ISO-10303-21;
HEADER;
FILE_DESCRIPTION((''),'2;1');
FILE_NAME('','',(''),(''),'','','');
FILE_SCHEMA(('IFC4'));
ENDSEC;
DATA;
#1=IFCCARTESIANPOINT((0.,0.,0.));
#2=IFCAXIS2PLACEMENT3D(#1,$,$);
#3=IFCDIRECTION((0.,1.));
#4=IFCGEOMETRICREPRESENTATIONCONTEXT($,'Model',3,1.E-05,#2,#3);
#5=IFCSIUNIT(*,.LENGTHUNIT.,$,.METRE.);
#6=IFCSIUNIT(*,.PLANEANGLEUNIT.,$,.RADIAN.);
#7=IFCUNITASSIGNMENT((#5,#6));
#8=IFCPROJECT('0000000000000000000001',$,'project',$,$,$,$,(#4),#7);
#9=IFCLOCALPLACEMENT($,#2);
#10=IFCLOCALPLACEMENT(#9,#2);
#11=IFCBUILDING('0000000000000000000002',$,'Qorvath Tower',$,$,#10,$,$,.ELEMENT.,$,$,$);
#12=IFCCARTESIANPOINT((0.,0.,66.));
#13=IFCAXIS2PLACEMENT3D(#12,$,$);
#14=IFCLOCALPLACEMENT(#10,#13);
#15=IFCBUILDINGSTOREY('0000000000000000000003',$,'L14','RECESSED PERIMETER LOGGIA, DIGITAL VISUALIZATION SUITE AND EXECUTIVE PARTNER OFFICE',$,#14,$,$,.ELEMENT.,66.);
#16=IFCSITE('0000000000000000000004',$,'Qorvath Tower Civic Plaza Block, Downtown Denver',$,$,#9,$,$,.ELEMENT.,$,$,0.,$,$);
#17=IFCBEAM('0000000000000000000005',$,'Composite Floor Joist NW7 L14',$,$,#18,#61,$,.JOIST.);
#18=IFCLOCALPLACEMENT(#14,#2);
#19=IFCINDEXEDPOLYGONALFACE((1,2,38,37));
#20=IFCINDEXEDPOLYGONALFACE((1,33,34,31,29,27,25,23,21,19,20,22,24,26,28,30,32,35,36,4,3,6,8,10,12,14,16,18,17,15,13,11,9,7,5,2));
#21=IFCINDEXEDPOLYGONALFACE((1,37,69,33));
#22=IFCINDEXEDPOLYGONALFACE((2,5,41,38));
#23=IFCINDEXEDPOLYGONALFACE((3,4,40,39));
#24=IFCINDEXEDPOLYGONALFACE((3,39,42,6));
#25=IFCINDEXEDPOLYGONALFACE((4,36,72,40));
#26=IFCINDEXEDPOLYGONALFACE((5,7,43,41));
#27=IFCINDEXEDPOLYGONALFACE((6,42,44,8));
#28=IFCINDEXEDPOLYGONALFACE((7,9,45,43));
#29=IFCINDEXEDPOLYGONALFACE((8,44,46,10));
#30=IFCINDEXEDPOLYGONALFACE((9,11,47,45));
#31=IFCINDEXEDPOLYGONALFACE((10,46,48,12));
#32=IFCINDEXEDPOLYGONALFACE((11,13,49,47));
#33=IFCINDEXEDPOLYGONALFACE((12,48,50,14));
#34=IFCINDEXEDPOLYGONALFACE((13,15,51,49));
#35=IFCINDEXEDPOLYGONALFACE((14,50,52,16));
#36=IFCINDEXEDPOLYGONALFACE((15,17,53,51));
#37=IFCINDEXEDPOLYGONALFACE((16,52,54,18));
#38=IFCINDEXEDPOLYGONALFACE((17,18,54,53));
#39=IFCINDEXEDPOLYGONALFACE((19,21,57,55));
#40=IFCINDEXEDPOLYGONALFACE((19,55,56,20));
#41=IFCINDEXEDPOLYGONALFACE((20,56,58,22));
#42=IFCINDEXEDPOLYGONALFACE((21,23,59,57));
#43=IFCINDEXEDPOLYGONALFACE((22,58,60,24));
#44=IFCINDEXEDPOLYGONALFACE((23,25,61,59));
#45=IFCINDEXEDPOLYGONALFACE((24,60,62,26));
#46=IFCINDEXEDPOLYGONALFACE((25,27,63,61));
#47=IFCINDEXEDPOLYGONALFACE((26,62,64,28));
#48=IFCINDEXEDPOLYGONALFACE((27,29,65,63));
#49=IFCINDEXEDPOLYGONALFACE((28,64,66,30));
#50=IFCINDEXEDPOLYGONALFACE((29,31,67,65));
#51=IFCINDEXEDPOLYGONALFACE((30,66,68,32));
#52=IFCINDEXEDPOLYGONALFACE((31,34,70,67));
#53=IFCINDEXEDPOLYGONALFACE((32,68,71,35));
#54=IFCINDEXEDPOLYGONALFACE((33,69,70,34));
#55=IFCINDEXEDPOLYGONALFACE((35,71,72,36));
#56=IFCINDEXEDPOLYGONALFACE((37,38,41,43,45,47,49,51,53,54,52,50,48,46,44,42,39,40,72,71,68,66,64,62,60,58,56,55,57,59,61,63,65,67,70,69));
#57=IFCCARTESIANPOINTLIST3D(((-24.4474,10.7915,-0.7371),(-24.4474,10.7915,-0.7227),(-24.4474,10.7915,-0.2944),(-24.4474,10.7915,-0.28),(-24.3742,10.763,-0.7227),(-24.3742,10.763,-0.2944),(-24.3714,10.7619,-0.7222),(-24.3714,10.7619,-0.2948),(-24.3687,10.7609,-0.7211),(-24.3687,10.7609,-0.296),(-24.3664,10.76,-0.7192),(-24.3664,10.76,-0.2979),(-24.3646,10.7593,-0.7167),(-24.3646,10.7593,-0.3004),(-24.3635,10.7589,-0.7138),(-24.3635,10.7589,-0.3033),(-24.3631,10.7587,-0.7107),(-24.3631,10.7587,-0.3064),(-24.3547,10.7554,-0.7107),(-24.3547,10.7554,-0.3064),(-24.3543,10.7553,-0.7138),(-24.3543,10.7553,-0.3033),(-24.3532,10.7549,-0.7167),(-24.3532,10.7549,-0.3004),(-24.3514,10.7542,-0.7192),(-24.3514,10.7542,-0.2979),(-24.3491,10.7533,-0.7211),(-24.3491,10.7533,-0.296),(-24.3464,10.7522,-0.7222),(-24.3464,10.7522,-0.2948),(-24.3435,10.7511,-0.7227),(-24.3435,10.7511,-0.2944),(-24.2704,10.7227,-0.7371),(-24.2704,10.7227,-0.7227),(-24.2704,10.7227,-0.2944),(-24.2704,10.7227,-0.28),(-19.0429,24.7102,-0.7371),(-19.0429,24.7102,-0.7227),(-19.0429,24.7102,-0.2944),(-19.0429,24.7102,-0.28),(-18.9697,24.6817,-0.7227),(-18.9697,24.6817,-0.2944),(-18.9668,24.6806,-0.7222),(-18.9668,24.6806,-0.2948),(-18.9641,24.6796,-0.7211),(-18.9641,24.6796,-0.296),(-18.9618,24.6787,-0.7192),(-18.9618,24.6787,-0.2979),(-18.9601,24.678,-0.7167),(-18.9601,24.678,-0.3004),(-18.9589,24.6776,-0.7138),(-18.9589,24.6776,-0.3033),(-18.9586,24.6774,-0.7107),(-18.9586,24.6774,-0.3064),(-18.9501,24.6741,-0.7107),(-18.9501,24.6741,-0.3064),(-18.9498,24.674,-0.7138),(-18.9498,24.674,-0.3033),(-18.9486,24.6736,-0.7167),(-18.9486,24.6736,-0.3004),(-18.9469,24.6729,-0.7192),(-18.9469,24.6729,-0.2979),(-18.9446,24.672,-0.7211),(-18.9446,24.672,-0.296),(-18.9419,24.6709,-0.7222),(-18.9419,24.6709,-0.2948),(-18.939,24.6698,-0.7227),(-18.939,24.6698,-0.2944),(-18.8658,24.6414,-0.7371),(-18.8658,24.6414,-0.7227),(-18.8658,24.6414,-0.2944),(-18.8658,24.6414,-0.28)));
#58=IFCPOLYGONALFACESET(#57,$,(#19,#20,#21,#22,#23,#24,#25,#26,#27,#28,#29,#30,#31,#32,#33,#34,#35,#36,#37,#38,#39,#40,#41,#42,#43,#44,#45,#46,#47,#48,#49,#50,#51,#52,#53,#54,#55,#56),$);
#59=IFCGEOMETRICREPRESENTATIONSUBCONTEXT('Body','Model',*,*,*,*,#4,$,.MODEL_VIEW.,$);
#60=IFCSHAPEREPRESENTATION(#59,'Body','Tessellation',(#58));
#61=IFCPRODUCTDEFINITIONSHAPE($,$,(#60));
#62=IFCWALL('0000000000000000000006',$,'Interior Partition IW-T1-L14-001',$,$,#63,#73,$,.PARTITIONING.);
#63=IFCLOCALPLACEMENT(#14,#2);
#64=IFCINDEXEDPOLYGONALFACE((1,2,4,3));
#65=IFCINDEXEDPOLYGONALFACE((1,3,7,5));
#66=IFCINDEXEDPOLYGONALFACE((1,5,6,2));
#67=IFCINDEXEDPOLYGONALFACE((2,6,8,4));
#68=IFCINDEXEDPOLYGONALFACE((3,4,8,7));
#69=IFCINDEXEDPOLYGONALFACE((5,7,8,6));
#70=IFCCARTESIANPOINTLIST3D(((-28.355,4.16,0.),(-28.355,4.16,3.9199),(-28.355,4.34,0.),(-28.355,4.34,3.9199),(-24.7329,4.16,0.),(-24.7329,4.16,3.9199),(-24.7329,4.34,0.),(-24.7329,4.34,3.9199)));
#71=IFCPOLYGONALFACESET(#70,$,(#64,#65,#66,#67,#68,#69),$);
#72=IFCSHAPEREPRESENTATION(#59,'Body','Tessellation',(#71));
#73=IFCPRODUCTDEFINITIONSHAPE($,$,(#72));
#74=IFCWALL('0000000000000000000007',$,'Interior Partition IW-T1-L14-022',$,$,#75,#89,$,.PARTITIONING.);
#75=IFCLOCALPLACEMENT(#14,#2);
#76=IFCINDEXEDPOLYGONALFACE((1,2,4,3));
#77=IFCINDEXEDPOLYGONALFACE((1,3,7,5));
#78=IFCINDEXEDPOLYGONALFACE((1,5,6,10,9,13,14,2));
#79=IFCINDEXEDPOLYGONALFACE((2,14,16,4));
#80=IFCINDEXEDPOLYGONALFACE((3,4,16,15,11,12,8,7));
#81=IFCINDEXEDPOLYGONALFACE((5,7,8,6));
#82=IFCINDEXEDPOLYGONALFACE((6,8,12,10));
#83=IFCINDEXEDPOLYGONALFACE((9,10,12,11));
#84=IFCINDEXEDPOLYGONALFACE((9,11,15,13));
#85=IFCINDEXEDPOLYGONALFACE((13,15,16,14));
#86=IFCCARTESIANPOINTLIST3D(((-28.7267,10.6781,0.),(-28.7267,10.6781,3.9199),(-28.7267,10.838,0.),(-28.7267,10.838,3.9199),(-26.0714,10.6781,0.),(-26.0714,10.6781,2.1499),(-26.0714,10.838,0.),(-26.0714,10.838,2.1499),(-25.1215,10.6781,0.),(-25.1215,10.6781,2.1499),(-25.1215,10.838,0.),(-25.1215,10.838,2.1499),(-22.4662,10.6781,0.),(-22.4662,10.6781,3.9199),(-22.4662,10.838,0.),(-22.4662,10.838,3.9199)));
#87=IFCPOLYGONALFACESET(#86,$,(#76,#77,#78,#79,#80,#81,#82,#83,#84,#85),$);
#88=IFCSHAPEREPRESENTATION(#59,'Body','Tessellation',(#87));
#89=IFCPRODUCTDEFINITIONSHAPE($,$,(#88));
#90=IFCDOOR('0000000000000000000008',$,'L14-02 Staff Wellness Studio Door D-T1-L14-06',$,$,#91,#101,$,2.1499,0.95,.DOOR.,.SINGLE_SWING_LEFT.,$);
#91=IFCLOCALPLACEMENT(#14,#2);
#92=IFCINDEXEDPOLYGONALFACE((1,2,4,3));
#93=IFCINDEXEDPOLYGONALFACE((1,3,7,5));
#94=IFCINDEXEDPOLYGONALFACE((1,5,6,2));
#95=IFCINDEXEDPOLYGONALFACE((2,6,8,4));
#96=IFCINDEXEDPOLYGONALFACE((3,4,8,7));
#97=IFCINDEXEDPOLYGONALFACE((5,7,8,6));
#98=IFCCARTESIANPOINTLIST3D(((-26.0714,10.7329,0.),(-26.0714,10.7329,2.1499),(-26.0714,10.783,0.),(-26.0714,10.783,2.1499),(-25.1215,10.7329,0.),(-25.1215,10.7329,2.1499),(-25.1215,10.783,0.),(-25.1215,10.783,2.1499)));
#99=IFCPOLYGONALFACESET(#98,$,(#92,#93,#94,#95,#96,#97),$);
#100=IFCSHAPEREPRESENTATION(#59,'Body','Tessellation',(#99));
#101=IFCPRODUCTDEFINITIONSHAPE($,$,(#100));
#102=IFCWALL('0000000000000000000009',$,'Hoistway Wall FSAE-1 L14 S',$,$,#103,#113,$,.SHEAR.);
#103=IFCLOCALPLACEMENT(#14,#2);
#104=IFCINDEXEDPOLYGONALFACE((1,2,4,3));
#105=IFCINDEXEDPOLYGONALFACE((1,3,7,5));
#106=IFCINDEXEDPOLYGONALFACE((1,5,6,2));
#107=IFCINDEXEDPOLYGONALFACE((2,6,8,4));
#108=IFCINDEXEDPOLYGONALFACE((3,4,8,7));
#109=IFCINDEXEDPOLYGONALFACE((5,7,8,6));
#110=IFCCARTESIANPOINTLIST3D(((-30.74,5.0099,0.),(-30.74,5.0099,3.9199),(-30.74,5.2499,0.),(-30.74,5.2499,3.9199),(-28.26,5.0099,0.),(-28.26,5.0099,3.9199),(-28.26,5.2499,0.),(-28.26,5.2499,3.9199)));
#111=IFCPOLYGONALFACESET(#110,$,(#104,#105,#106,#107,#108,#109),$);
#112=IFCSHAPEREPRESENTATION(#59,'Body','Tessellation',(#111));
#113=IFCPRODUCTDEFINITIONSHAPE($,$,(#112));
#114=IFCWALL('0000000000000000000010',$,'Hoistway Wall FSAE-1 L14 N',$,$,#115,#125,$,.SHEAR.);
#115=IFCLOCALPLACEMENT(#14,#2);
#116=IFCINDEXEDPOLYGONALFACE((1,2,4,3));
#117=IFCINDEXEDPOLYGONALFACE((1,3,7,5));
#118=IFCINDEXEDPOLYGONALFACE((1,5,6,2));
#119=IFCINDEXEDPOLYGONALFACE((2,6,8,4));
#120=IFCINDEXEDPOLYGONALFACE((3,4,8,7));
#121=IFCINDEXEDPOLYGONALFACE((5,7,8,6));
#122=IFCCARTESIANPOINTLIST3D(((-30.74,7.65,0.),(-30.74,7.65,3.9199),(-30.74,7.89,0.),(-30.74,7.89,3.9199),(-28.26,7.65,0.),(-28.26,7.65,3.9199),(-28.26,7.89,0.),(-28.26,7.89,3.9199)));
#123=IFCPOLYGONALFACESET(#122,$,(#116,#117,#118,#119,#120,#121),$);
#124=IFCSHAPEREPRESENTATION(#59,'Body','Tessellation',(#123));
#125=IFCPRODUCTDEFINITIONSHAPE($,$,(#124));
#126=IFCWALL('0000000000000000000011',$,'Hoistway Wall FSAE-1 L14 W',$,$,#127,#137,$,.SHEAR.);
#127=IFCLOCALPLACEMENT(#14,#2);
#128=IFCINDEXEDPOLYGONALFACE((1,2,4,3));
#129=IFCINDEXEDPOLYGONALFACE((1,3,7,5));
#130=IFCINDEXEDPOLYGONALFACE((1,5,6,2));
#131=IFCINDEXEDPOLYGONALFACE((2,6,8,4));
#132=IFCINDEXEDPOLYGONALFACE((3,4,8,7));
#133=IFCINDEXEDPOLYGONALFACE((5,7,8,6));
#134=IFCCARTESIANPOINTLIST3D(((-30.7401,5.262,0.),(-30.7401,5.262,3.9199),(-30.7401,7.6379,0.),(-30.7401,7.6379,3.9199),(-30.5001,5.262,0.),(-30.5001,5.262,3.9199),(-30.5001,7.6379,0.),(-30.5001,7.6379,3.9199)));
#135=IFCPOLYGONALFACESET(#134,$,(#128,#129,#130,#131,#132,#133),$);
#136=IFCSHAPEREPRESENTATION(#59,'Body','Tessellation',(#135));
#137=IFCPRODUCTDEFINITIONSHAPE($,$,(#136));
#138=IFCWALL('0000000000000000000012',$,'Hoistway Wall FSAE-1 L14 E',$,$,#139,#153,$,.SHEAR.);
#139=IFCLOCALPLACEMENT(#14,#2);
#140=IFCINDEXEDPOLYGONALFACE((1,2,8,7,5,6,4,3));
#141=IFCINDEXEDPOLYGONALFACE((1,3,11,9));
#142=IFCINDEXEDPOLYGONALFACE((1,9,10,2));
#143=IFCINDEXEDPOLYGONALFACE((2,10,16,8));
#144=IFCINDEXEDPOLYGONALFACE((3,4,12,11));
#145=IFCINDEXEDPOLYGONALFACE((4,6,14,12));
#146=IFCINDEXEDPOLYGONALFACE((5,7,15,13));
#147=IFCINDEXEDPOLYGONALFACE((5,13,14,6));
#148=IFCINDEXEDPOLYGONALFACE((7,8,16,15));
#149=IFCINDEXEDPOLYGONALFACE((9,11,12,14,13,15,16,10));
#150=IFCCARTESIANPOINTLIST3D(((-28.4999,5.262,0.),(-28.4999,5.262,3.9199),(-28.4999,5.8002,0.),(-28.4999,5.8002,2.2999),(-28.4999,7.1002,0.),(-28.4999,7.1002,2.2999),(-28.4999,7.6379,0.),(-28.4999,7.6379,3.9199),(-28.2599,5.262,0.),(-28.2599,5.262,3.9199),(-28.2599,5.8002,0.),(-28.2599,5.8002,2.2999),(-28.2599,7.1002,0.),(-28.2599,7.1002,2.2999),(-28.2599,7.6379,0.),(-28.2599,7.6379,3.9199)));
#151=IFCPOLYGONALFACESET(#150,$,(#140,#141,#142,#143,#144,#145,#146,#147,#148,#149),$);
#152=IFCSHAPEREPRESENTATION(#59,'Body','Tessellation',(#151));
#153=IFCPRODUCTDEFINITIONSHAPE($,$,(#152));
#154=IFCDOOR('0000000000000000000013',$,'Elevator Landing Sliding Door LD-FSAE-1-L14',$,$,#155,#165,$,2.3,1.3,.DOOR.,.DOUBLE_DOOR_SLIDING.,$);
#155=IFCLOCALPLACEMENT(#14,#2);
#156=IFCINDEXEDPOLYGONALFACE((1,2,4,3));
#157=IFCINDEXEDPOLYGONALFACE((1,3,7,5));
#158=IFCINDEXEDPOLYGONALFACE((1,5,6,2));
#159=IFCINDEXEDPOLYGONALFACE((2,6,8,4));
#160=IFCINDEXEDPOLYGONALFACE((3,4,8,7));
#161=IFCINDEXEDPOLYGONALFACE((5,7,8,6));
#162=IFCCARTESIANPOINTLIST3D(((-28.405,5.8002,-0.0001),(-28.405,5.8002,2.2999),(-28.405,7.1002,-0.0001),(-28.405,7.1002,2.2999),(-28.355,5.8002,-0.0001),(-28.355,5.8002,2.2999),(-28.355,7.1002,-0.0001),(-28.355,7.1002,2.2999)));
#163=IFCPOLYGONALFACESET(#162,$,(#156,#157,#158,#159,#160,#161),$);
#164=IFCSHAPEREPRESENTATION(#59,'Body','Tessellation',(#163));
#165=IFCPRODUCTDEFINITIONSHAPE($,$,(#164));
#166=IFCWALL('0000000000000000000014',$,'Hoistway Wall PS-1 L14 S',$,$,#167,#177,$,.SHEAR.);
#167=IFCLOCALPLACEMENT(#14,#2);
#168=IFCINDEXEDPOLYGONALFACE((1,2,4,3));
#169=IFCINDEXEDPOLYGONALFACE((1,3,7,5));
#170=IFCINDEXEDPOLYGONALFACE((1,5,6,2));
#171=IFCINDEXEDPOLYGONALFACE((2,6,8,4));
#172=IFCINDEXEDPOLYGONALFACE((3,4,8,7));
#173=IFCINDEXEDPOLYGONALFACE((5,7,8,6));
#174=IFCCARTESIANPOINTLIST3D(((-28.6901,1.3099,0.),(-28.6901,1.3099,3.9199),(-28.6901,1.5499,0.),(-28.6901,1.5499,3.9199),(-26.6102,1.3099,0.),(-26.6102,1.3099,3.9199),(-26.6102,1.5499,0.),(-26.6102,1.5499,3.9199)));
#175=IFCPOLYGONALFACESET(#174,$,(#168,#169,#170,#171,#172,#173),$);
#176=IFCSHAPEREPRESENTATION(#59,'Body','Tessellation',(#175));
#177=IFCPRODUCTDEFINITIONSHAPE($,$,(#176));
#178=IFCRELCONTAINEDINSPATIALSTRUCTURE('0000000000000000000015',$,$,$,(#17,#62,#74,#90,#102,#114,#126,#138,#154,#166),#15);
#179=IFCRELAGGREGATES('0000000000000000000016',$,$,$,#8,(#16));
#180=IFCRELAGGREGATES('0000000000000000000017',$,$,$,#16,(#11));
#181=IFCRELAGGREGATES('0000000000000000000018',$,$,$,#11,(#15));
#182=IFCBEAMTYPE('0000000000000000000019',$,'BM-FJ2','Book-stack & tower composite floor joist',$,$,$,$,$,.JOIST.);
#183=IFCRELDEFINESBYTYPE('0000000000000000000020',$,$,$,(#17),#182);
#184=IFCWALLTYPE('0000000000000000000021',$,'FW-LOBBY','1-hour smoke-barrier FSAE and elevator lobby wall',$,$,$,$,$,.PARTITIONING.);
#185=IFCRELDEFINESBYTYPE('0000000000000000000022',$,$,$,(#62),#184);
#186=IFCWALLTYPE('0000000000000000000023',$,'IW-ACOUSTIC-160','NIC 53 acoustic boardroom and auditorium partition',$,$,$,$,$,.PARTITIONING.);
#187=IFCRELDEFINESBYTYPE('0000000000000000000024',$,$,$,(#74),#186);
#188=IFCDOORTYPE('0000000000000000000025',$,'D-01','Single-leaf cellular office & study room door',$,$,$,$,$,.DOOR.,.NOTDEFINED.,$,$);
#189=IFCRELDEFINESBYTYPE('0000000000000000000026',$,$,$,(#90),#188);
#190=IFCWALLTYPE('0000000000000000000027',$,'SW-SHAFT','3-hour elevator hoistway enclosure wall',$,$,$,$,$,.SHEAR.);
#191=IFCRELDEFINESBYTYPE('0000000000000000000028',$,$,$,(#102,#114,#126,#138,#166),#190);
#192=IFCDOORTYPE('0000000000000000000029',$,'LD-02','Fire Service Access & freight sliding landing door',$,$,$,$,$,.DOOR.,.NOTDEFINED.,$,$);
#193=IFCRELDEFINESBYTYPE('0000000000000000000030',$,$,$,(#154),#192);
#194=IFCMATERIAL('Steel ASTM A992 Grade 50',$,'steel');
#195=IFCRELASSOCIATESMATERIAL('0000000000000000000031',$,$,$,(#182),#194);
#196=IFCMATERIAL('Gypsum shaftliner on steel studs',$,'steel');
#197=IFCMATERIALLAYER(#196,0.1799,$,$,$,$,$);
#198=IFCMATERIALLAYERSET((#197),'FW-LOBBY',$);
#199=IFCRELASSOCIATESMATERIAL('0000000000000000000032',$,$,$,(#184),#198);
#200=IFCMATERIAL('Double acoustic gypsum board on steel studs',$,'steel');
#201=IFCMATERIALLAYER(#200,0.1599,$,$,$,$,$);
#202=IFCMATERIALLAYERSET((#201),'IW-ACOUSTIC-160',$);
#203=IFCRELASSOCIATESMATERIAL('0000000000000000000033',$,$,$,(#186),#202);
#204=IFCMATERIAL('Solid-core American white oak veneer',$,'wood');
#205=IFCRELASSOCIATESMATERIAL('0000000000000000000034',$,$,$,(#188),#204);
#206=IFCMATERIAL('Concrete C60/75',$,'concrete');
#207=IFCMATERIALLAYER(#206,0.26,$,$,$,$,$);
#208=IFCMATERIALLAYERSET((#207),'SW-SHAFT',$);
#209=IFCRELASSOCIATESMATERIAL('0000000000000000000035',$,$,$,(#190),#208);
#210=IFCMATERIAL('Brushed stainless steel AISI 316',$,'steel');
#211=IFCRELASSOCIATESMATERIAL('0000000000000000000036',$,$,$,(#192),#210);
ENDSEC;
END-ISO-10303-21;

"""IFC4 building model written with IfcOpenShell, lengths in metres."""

from ifc_helpers import new_model, si_unit, direction, frame, frame_2d, origin, origin_2d, place, context, subcontext, project, spatial, rectangle, i_section, extrude, material, layer, layer_set, material_profile, profile_set, type_object, element, fill, save


model = new_model("IFC4")

# Units and contexts
model_context = context("Model", 3, precision=1e-05, world=origin(), true_north=direction((0.0, 1.0)))
body_context = subcontext(model_context, "Body", "Model", "MODEL_VIEW")
ifc_project = project(units=[si_unit("LENGTHUNIT", "METRE"), si_unit("PLANEANGLEUNIT", "RADIAN")], contexts=[model_context])

# Site, building, storey
site_placement = place(None, origin())
site = spatial("IfcSite", under=ifc_project, at=site_placement, Name="Qorvath Tower Civic Plaza Block, Downtown Denver", CompositionType="ELEMENT", RefElevation=0.0)
building_placement = place(site_placement, origin())
building = spatial("IfcBuilding", under=site, at=building_placement, Name="Qorvath Tower", CompositionType="ELEMENT")
storey_placement = place(building_placement, frame((0.0, 0.0, 66.0)))
storey = spatial("IfcBuildingStorey", under=building, at=storey_placement, Name="L14", Description="RECESSED PERIMETER LOGGIA, DIGITAL VISUALIZATION SUITE AND EXECUTIVE PARTNER OFFICE", CompositionType="ELEMENT", Elevation=66.0)

# Beam
ifc_material_1 = material(Name="Steel ASTM A992 Grade 50", Category="steel")
ifc_material_profile_1 = material_profile(ifc_material_1, i_section(OverallWidth=0.1899, OverallDepth=0.457, WebThickness=0.009, FlangeThickness=0.0144, FilletRadius=0.012, at=origin_2d()), Name="W18x50")
ifc_profile_set_1 = profile_set([ifc_material_profile_1], Name="Steel ASTM A992 Grade 50")
beam_type_1 = type_object("IfcBeamType", Name="BM-FJ2", Description="Book-stack & tower composite floor joist", PredefinedType="JOIST", material=ifc_profile_set_1)
beam_1_placement = place(storey_placement, frame((-24.3589, 10.7571, -0.5085), z_axis=(0.361964, 0.932192, 0.0), x_axis=(-0.932192, 0.361964, 0.0)))
element("IfcBeam", 1, at=beam_1_placement, inside=storey, type_object=beam_type_1, Name="Composite Floor Joist NW7 L14", PredefinedType="JOIST", context=body_context, shape_type="SweptSolid", body=[
    extrude(i_section(OverallWidth=0.1899, OverallDepth=0.457, WebThickness=0.009, FlangeThickness=0.0144, FilletRadius=0.012, at=origin_2d()), origin(), (0.0, 0.0, 1.0), 14.9312),
])

# Wall
ifc_material_2 = material(Name="Gypsum shaftliner on steel studs", Category="steel")
ifc_layer_1 = layer(ifc_material_2, 0.1799)
ifc_layer_set_1 = layer_set([ifc_layer_1], Name="FW-LOBBY")
wall_type_1 = type_object("IfcWallType", Name="FW-LOBBY", Description="1-hour smoke-barrier FSAE and elevator lobby wall", PredefinedType="PARTITIONING", material=ifc_layer_set_1)
wall_1_placement = place(storey_placement, frame((-28.355, 4.25, 0.0), z_axis=(0.0, 0.0, 1.0), x_axis=(1.0, 0.0, 0.0)))
element("IfcWall", 2, at=wall_1_placement, inside=storey, type_object=wall_type_1, Name="Interior Partition IW-T1-L14-001", PredefinedType="PARTITIONING", context=body_context, shape_type="SweptSolid", body=[
    extrude(rectangle(XDim=3.6221, YDim=0.1799, at=frame_2d((1.811, 0.0))), origin(), (0.0, 0.0, 1.0), 3.9199),
])

# Wall, opening, door
ifc_material_3 = material(Name="Double acoustic gypsum board on steel studs", Category="steel")
ifc_layer_2 = layer(ifc_material_3, 0.1599)
ifc_layer_set_2 = layer_set([ifc_layer_2], Name="IW-ACOUSTIC-160")
wall_type_2 = type_object("IfcWallType", Name="IW-ACOUSTIC-160", Description="NIC 53 acoustic boardroom and auditorium partition", PredefinedType="PARTITIONING", material=ifc_layer_set_2)
wall_2_placement = place(storey_placement, frame((-28.7268, 10.7581, 0.0), z_axis=(0.0, 0.0, 1.0), x_axis=(1.0, 0.0, 0.0)))
wall_2 = element("IfcWall", 3, at=wall_2_placement, inside=storey, type_object=wall_type_2, Name="Interior Partition IW-T1-L14-022", PredefinedType="PARTITIONING", context=body_context, shape_type="SweptSolid", body=[
    extrude(rectangle(XDim=6.2605, YDim=0.1599, at=frame_2d((3.1304, 0.0))), origin(), (0.0, 0.0, 1.0), 3.9199),
])
opening_1_placement = place(wall_2_placement, frame((2.6553, 0.0, 0.0)))
opening_1 = element("IfcOpeningElement", 4, at=opening_1_placement, cuts=wall_2, PredefinedType="OPENING", context=body_context, shape_type="SweptSolid", body=[
    extrude(rectangle(XDim=0.95, YDim=2.1499, at=frame_2d((0.4751, 1.075))), frame((0.0, 0.0898, 0.0), z_axis=(0.0, -1.0, 0.0), x_axis=(1.0, 0.0, 0.0)), (0.0, 0.0, 1.0), 0.1799),
])
ifc_material_4 = material(Name="Solid-core American white oak veneer", Category="wood")
door_type_1 = type_object("IfcDoorType", Name="D-01", Description="Single-leaf cellular office & study room door", OperationType="NOTDEFINED", PredefinedType="DOOR", material=ifc_material_4)
door_1_placement = place(opening_1_placement, origin())
door_1 = element("IfcDoor", 5, at=door_1_placement, inside=storey, type_object=door_type_1, Name="L14-02 Staff Wellness Studio Door D-T1-L14-06", OperationType="SINGLE_SWING_LEFT", OverallHeight=2.1499, OverallWidth=0.95, PredefinedType="DOOR", context=body_context, shape_type="SweptSolid", body=[
    extrude(rectangle(XDim=0.95, YDim=2.1499, at=frame_2d((0.4751, 1.075))), frame((0.0, 0.0249, 0.0), z_axis=(0.0, -1.0, 0.0), x_axis=(1.0, 0.0, 0.0)), (0.0, 0.0, 1.0), 0.05),
])
fill(opening_1, door_1)

# Walls
ifc_material_5 = material(Name="Concrete C60/75", Category="concrete")
ifc_layer_3 = layer(ifc_material_5, 0.26)
ifc_layer_set_3 = layer_set([ifc_layer_3], Name="SW-SHAFT")
wall_type_3 = type_object("IfcWallType", Name="SW-SHAFT", Description="3-hour elevator hoistway enclosure wall", PredefinedType="SHEAR", material=ifc_layer_set_3)
for number, where, z_axis, x_axis, name in (
    (6, (-28.26, 5.1299, 0.0), (0.0, 0.0, 1.0), (-1.0, 0.0, 0.0), "Hoistway Wall FSAE-1 L14 S"),
    (7, (-30.74, 7.77, 0.0), (0.0, 0.0, 1.0), (1.0, 0.0, 0.0), "Hoistway Wall FSAE-1 L14 N"),
):
    element("IfcWall", number, at=place(storey_placement, frame(where, z_axis=z_axis, x_axis=x_axis)), inside=storey, type_object=wall_type_3, Name=name, PredefinedType="SHEAR", context=body_context, shape_type="SweptSolid", body=[
        extrude(rectangle(XDim=2.48, YDim=0.24, at=frame_2d((1.24, 0.0))), origin(), (0.0, 0.0, 1.0), 3.9199),
    ])
wall_3_placement = place(storey_placement, frame((-30.6201, 5.262, 0.0), z_axis=(0.0, 0.0, 1.0), x_axis=(0.0, 1.0, 0.0)))
element("IfcWall", 8, at=wall_3_placement, inside=storey, type_object=wall_type_3, Name="Hoistway Wall FSAE-1 L14 W", PredefinedType="SHEAR", context=body_context, shape_type="SweptSolid", body=[
    extrude(rectangle(XDim=2.376, YDim=0.24, at=frame_2d((1.188, 0.0))), origin(), (0.0, 0.0, 1.0), 3.9199),
])

# Wall, opening, door
wall_4_placement = place(storey_placement, frame((-28.3799, 7.6379, 0.0), z_axis=(0.0, 0.0, 1.0), x_axis=(0.0, -1.0, 0.0)))
wall_4 = element("IfcWall", 9, at=wall_4_placement, inside=storey, type_object=wall_type_3, Name="Hoistway Wall FSAE-1 L14 E", PredefinedType="SHEAR", context=body_context, shape_type="SweptSolid", body=[
    extrude(rectangle(XDim=2.376, YDim=0.24, at=frame_2d((1.188, 0.0))), origin(), (0.0, 0.0, 1.0), 3.9199),
])
opening_2_placement = place(wall_4_placement, frame((0.5378, 0.0, 0.0)))
opening_2 = element("IfcOpeningElement", 10, at=opening_2_placement, cuts=wall_4, PredefinedType="OPENING", context=body_context, shape_type="SweptSolid", body=[
    extrude(rectangle(XDim=1.3, YDim=2.3, at=frame_2d((0.6499, 1.1499))), frame((0.0, 0.1299, 0.0), z_axis=(0.0, -1.0, 0.0), x_axis=(1.0, 0.0, 0.0)), (0.0, 0.0, 1.0), 0.26),
])
ifc_material_6 = material(Name="Brushed stainless steel AISI 316", Category="steel")
door_type_2 = type_object("IfcDoorType", Name="LD-02", Description="Fire Service Access & freight sliding landing door", OperationType="NOTDEFINED", PredefinedType="DOOR", material=ifc_material_6)
door_2_placement = place(opening_2_placement, origin())
door_2 = element("IfcDoor", 11, at=door_2_placement, inside=storey, type_object=door_type_2, Name="Elevator Landing Sliding Door LD-FSAE-1-L14", OperationType="DOUBLE_DOOR_SLIDING", OverallHeight=2.3, OverallWidth=1.3, PredefinedType="DOOR", context=body_context, shape_type="SweptSolid", body=[
    extrude(rectangle(XDim=1.3, YDim=2.3, at=frame_2d((0.6499, 1.1499))), frame((0.0, 0.0249, 0.0), z_axis=(0.0, -1.0, 0.0), x_axis=(1.0, 0.0, 0.0)), (0.0, 0.0, 1.0), 0.05),
])
fill(opening_2, door_2)

# Wall
for number, where, z_axis, x_axis, name in (
    (12, (-26.6101, 1.4299, 0.0), (0.0, 0.0, 1.0), (-1.0, 0.0, 0.0), "Hoistway Wall PS-1 L14 S"),
):
    element("IfcWall", number, at=place(storey_placement, frame(where, z_axis=z_axis, x_axis=x_axis)), inside=storey, type_object=wall_type_3, Name=name, PredefinedType="SHEAR", context=body_context, shape_type="SweptSolid", body=[
        extrude(rectangle(XDim=2.0798, YDim=0.24, at=frame_2d((1.04, 0.0))), origin(), (0.0, 0.0, 1.0), 3.9199),
    ])

save(model, "model.ifc")
